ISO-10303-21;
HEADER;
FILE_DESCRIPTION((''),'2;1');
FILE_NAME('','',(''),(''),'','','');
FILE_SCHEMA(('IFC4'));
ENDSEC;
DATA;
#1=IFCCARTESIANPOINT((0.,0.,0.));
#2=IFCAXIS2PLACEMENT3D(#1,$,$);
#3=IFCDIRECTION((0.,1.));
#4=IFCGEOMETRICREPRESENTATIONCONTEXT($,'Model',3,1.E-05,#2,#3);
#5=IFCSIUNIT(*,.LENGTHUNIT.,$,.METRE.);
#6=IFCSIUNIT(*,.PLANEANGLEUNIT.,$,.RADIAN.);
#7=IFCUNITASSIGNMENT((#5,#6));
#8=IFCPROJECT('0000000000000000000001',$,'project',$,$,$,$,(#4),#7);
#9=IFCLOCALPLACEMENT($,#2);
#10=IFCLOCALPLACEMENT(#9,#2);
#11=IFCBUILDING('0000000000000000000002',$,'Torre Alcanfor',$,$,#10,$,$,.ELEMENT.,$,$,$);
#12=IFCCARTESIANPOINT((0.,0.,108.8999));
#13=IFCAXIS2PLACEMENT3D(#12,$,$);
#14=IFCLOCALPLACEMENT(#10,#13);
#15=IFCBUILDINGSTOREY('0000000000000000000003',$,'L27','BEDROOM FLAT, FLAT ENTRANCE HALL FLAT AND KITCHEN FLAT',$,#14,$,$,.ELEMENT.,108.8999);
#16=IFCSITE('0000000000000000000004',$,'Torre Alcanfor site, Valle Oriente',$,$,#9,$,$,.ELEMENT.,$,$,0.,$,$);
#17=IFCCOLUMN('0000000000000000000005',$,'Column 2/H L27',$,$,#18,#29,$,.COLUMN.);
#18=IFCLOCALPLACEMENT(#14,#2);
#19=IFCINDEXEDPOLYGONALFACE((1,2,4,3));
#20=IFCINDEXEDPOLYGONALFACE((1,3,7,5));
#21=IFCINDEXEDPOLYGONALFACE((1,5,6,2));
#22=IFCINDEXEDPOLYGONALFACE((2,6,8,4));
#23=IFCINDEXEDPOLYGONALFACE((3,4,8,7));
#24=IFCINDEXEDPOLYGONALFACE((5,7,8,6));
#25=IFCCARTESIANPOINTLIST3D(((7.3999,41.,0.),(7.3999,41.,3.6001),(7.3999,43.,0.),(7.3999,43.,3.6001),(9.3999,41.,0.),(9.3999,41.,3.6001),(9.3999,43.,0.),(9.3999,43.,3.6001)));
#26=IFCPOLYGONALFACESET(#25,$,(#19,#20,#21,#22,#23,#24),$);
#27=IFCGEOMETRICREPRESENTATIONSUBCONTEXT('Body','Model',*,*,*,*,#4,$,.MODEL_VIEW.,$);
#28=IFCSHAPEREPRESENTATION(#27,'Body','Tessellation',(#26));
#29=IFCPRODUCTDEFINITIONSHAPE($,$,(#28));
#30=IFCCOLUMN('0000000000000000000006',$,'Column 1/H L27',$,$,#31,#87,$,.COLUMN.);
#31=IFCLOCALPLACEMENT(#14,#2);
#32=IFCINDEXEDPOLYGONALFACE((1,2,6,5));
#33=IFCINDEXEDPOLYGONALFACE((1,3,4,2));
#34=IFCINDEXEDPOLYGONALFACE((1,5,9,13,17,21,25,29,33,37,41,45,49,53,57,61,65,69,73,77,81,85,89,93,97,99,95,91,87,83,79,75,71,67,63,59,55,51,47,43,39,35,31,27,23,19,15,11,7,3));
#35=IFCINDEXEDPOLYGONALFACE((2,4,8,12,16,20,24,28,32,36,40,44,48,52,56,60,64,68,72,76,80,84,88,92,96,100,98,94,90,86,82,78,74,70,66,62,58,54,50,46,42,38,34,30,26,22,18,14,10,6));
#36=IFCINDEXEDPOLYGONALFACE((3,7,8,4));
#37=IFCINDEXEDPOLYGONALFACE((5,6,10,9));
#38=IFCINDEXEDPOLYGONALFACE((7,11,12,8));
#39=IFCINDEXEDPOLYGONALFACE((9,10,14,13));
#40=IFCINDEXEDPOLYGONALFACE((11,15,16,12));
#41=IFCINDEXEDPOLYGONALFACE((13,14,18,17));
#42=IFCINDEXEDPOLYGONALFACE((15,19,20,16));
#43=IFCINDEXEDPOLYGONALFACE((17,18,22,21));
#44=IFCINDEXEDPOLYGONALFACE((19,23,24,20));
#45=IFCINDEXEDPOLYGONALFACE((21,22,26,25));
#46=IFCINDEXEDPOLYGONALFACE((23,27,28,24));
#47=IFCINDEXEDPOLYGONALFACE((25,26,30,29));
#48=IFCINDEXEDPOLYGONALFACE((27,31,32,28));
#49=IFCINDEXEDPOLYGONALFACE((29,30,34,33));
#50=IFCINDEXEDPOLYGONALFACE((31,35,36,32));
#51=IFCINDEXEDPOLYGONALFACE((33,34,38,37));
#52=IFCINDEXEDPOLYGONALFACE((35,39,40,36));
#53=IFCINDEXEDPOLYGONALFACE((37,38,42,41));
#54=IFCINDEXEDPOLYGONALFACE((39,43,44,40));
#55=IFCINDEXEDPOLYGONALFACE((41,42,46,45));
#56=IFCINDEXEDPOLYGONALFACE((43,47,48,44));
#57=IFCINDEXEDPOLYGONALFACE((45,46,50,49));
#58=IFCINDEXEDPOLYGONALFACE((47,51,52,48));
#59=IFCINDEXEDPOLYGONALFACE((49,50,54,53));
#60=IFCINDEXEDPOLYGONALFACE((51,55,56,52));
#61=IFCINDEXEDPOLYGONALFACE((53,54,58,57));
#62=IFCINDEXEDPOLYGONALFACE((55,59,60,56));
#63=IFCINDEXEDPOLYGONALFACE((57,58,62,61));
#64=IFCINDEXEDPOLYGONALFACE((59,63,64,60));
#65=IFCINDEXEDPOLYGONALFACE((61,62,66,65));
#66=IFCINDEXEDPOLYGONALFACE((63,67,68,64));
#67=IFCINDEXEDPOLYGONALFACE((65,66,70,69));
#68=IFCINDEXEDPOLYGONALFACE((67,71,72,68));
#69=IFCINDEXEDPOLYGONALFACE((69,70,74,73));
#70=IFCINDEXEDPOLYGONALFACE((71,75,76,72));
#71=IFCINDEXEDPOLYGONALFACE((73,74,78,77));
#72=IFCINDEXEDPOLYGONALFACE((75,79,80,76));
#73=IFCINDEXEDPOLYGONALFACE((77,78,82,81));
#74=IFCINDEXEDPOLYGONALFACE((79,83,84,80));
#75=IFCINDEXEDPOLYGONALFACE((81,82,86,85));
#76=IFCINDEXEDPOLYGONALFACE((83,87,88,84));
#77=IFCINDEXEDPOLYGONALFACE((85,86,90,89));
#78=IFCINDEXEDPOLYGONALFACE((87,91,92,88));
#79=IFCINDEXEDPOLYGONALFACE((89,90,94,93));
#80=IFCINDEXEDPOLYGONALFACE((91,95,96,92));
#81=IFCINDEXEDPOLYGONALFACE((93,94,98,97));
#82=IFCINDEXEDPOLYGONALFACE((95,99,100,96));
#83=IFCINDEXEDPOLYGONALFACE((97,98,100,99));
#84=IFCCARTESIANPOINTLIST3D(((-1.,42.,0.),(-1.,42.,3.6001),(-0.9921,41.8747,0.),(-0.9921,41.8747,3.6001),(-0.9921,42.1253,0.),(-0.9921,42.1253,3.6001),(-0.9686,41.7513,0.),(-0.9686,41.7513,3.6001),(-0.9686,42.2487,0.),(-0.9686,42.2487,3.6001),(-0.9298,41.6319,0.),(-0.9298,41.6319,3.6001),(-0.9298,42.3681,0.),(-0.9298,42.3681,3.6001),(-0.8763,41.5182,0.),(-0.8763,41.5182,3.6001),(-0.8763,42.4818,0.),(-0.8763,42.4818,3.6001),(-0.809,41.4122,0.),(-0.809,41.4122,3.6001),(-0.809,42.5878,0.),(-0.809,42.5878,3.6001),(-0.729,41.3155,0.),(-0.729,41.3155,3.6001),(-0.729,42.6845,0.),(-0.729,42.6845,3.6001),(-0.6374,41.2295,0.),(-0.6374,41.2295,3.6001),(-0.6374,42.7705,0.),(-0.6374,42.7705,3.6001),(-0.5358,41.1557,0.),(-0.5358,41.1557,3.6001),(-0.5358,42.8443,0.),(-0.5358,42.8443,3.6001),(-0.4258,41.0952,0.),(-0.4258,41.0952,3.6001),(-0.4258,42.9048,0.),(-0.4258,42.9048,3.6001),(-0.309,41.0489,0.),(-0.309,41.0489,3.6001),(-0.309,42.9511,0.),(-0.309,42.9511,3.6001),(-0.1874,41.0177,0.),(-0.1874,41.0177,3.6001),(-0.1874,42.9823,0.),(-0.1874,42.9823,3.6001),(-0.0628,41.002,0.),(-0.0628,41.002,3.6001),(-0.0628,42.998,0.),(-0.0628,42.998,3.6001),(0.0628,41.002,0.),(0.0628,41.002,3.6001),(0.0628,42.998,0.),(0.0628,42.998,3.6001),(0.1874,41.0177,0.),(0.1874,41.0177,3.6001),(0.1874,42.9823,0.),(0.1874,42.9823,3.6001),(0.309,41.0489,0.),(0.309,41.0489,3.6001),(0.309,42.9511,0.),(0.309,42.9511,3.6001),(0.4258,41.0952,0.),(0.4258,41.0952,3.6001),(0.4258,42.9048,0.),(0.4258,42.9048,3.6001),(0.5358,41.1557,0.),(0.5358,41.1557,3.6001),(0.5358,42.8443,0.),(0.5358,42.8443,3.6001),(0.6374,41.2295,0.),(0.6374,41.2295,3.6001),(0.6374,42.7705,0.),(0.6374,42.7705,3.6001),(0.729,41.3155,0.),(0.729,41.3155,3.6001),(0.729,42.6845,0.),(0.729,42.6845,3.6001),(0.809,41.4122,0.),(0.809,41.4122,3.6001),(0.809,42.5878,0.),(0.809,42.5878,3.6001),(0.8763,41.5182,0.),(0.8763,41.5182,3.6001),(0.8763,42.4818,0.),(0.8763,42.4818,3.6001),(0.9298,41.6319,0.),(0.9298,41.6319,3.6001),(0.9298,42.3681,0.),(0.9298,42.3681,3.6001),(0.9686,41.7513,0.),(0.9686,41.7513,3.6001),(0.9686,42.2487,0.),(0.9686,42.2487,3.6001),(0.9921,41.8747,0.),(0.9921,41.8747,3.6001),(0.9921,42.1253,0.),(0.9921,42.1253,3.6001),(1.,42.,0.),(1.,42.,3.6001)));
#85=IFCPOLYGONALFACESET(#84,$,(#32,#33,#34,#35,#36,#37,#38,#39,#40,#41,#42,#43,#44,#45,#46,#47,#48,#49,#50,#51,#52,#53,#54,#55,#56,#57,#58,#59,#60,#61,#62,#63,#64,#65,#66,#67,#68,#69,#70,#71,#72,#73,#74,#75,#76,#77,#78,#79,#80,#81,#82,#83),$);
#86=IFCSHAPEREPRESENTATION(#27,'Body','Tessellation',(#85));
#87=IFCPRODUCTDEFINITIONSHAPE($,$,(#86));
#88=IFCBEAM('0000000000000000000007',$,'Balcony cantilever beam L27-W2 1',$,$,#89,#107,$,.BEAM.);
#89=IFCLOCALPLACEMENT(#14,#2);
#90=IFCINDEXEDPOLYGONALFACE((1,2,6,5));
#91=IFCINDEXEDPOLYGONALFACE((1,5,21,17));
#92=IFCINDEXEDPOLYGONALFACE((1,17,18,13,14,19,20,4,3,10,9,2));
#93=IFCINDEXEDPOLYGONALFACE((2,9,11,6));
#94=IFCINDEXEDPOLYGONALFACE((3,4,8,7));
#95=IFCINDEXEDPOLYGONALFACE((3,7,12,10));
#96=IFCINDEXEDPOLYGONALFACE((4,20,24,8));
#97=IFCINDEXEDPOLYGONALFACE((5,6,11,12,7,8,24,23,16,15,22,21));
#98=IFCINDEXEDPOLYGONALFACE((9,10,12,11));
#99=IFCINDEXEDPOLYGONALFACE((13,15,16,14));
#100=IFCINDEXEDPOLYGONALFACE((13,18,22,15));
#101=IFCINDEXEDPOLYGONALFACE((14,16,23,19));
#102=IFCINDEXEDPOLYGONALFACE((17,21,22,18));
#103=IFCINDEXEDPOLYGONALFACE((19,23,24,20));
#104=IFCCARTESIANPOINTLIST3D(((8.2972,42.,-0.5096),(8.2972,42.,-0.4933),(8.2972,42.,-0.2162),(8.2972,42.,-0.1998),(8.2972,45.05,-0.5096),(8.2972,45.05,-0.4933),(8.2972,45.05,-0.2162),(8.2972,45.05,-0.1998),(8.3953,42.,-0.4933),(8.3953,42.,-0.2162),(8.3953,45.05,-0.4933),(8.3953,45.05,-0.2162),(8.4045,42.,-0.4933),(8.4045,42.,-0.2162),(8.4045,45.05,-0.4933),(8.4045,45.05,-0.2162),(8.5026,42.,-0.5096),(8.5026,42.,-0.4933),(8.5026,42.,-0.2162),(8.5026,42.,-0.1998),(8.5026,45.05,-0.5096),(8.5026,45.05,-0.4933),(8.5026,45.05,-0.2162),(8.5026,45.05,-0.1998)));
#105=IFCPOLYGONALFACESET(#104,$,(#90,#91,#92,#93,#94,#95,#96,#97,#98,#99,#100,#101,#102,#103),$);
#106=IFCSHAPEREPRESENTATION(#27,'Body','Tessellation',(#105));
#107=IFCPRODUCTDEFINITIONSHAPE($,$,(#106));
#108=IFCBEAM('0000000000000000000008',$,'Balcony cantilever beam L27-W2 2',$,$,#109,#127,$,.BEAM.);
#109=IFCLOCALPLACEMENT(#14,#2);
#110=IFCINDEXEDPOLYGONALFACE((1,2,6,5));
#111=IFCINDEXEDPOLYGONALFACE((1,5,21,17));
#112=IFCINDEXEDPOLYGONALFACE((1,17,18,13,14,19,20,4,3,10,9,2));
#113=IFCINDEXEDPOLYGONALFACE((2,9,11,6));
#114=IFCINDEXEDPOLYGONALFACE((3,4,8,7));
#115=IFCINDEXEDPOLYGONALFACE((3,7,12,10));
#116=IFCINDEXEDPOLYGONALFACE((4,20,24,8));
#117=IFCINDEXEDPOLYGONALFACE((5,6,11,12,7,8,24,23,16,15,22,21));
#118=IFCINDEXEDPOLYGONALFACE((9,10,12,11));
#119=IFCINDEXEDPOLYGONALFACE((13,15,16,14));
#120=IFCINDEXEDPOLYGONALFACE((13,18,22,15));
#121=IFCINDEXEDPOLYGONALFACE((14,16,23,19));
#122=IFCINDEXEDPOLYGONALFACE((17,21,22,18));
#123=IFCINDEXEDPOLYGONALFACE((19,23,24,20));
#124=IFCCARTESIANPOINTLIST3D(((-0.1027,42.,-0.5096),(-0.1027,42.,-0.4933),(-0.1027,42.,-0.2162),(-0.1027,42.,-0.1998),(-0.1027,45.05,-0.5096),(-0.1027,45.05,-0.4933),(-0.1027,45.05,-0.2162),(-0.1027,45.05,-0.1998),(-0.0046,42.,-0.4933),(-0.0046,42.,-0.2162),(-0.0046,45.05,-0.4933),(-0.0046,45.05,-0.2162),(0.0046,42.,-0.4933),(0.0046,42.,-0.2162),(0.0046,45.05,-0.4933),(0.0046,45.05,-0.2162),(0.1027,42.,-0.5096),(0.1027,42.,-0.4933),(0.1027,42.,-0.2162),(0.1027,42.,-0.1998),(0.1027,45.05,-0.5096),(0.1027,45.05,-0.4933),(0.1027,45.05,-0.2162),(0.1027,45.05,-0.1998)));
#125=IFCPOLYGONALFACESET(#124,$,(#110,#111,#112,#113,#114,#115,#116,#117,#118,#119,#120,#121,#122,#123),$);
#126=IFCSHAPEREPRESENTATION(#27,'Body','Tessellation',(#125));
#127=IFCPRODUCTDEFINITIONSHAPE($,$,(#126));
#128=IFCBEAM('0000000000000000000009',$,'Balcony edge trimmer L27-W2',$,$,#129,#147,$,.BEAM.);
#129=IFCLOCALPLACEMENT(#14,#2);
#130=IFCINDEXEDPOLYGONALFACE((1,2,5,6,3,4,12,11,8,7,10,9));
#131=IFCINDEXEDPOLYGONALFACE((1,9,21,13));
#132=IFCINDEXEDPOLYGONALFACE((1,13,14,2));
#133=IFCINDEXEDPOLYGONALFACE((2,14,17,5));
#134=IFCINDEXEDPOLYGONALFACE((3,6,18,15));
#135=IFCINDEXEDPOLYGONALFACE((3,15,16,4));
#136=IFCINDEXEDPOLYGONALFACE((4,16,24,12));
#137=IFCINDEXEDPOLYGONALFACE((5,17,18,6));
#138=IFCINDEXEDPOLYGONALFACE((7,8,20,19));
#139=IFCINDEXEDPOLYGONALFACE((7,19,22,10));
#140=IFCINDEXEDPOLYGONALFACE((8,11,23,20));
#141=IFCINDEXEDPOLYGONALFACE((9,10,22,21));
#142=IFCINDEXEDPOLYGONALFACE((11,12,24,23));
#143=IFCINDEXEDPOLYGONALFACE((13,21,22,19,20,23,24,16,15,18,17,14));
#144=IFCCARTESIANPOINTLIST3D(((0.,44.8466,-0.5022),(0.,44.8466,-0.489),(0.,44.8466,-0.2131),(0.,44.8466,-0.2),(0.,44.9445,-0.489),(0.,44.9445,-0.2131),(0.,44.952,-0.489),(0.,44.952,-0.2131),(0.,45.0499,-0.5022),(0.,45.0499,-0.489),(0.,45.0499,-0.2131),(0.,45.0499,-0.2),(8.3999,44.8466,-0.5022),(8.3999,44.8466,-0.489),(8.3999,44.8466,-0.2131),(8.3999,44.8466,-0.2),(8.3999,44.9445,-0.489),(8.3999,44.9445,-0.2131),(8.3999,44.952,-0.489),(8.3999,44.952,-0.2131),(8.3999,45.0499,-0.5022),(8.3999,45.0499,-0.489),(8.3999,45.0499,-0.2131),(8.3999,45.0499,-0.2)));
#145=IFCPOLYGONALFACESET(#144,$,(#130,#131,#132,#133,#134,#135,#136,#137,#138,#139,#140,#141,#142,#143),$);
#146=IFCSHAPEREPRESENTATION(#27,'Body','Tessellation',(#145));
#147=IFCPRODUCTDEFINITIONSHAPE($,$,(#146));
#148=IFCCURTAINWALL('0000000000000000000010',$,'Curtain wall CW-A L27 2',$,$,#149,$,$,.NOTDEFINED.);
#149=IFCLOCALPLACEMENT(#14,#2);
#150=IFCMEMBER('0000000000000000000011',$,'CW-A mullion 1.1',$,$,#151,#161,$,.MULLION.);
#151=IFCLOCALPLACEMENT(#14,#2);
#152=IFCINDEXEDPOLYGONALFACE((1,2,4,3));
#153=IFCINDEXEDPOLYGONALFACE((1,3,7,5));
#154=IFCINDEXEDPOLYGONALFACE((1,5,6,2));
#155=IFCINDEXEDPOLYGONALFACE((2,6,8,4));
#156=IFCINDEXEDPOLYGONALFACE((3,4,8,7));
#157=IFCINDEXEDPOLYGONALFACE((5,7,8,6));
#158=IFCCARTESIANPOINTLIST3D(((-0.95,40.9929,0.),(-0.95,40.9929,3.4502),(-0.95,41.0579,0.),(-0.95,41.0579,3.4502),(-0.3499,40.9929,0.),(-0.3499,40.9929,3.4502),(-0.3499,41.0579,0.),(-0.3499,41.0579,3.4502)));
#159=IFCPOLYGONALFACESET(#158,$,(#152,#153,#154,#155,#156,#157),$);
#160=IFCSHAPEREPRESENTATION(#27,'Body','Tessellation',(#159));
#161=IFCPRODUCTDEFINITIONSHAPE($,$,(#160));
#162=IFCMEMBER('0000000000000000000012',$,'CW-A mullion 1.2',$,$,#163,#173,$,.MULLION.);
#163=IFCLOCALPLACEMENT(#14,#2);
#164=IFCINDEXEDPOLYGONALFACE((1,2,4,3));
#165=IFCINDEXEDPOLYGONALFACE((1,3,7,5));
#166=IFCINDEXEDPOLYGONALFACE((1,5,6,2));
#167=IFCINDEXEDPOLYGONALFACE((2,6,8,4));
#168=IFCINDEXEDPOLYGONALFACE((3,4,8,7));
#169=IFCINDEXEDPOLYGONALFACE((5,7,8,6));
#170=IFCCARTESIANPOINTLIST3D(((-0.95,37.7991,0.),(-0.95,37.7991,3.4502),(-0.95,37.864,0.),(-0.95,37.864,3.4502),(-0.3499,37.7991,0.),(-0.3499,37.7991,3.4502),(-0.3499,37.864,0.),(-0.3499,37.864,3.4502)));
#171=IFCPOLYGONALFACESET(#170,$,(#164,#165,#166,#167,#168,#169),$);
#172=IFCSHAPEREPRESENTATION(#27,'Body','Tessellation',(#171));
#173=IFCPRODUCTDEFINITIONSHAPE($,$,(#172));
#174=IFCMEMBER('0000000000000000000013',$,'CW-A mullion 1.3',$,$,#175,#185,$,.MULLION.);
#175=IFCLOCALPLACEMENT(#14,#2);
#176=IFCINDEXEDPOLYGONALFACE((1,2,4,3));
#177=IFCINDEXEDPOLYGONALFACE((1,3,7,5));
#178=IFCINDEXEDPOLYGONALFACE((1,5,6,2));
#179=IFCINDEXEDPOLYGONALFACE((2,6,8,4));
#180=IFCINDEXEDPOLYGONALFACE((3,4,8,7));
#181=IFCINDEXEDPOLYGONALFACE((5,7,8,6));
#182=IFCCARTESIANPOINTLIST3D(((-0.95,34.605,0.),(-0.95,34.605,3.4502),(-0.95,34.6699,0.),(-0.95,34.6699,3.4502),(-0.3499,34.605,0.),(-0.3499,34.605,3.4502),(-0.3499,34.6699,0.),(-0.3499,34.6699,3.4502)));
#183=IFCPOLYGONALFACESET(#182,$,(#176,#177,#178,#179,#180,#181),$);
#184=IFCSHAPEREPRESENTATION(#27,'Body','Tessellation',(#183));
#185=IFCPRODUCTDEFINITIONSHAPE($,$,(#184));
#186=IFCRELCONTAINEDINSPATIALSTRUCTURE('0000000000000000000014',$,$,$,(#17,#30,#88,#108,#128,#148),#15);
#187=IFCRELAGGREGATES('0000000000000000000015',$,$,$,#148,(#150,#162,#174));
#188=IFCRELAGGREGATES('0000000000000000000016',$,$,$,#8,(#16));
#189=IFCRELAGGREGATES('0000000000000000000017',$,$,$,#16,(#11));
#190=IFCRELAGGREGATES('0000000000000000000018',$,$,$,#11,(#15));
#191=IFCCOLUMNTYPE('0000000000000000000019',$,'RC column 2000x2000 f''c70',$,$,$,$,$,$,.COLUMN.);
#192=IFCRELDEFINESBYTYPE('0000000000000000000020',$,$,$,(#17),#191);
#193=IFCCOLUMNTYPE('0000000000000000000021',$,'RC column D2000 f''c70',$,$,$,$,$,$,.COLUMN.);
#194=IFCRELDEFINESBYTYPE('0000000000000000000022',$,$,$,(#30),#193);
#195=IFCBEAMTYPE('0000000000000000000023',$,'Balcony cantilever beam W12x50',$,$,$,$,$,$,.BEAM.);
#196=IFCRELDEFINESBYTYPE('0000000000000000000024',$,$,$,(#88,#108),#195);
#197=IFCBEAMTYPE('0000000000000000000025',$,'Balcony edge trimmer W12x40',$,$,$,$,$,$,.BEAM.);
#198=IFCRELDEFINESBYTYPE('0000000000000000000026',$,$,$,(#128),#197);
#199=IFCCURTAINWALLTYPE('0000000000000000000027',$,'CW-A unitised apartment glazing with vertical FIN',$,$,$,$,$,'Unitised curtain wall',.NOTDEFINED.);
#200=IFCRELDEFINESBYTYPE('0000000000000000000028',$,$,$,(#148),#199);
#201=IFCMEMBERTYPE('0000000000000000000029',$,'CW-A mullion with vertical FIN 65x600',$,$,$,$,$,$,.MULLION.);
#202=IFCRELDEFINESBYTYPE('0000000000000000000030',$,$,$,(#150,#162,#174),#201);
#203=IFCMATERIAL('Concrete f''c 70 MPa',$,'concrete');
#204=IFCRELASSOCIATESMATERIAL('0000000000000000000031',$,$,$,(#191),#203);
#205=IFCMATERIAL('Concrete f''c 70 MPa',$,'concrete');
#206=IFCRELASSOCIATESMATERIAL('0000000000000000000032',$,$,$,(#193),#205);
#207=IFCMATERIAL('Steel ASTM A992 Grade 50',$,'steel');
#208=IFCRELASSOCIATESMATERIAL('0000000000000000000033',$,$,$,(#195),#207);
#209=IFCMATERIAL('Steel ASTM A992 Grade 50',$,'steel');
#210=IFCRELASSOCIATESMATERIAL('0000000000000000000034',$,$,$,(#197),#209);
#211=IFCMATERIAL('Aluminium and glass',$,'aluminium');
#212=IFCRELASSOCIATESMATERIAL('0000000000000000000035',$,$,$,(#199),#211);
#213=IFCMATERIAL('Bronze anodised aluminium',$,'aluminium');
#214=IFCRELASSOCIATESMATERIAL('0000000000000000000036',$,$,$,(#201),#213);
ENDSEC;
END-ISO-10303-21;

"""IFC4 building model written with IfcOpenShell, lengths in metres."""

from ifc_helpers import new_model, si_unit, direction, frame, origin, origin_2d, place, context, subcontext, project, spatial, rectangle, circle, i_section, extrude, material, material_profile, profile_set, type_object, element, aggregate, save


model = new_model("IFC4")

# Units and contexts
model_context = context("Model", 3, precision=1e-05, world=origin(), true_north=direction((0.0, 1.0)))
body_context = subcontext(model_context, "Body", "Model", "MODEL_VIEW")
ifc_project = project(units=[si_unit("LENGTHUNIT", "METRE"), si_unit("PLANEANGLEUNIT", "RADIAN")], contexts=[model_context])

# Site, building, storey
site_placement = place(None, origin())
site = spatial("IfcSite", under=ifc_project, at=site_placement, Name="Torre Alcanfor site, Valle Oriente", CompositionType="ELEMENT", RefElevation=0.0)
building_placement = place(site_placement, origin())
building = spatial("IfcBuilding", under=site, at=building_placement, Name="Torre Alcanfor", CompositionType="ELEMENT")
storey_placement = place(building_placement, frame((0.0, 0.0, 108.8999)))
storey = spatial("IfcBuildingStorey", under=building, at=storey_placement, Name="L27", Description="BEDROOM FLAT, FLAT ENTRANCE HALL FLAT AND KITCHEN FLAT", CompositionType="ELEMENT", Elevation=108.8999)

# Columns
ifc_material_1 = material(Name="Concrete f'c 70 MPa", Category="concrete")
ifc_material_profile_1 = material_profile(ifc_material_1, rectangle(XDim=2.0, YDim=2.0, at=origin_2d()), Name="2000x2000")
ifc_profile_set_1 = profile_set([ifc_material_profile_1], Name="Concrete f'c 70 MPa")
column_type_1 = type_object("IfcColumnType", Name="RC column 2000x2000 f'c70", PredefinedType="COLUMN", material=ifc_profile_set_1)
column_1_placement = place(storey_placement, frame((8.3999, 42.0, 0.0), z_axis=(0.0, 0.0, 1.0), x_axis=(1.0, 0.0, 0.0)))
element("IfcColumn", 1, at=column_1_placement, inside=storey, type_object=column_type_1, Name="Column 2/H L27", PredefinedType="COLUMN", context=body_context, shape_type="SweptSolid", body=[
    extrude(rectangle(XDim=2.0, YDim=2.0, at=origin_2d()), origin(), (0.0, 0.0, 1.0), 3.6001),
])
ifc_material_2 = material(Name="Concrete f'c 70 MPa", Category="concrete")
ifc_material_profile_2 = material_profile(ifc_material_2, circle(Radius=1.0, at=origin_2d()), Name="D2000")
ifc_profile_set_2 = profile_set([ifc_material_profile_2], Name="Concrete f'c 70 MPa")
column_type_2 = type_object("IfcColumnType", Name="RC column D2000 f'c70", PredefinedType="COLUMN", material=ifc_profile_set_2)
column_2_placement = place(storey_placement, frame((0.0, 42.0, 0.0), z_axis=(0.0, 0.0, 1.0), x_axis=(1.0, 0.0, 0.0)))
element("IfcColumn", 2, at=column_2_placement, inside=storey, type_object=column_type_2, Name="Column 1/H L27", PredefinedType="COLUMN", context=body_context, shape_type="SweptSolid", body=[
    extrude(circle(Radius=1.0, at=origin_2d()), origin(), (0.0, 0.0, 1.0), 3.6001),
])

# Beams
ifc_material_3 = material(Name="Steel ASTM A992 Grade 50", Category="steel")
ifc_material_profile_3 = material_profile(ifc_material_3, i_section(OverallWidth=0.2053, OverallDepth=0.3098, WebThickness=0.0093, FlangeThickness=0.0164, at=origin_2d()), Name="W12x50")
ifc_profile_set_3 = profile_set([ifc_material_profile_3], Name="Steel ASTM A992 Grade 50")
beam_type_1 = type_object("IfcBeamType", Name="Balcony cantilever beam W12x50", PredefinedType="BEAM", material=ifc_profile_set_3)
for number, where, z_axis, x_axis, name in (
    (3, (8.3999, 42.0, -0.3547), (0.0, 1.0, 0.0), (-1.0, 0.0, 0.0), "Balcony cantilever beam L27-W2 1"),
    (4, (0.0, 42.0, -0.3547), (0.0, 1.0, 0.0), (-1.0, 0.0, 0.0), "Balcony cantilever beam L27-W2 2"),
):
    element("IfcBeam", number, at=place(storey_placement, frame(where, z_axis=z_axis, x_axis=x_axis)), inside=storey, type_object=beam_type_1, Name=name, PredefinedType="BEAM", context=body_context, shape_type="SweptSolid", body=[
        extrude(i_section(OverallWidth=0.2053, OverallDepth=0.3098, WebThickness=0.0093, FlangeThickness=0.0164, at=origin_2d()), origin(), (0.0, 0.0, 1.0), 3.05),
    ])
ifc_material_4 = material(Name="Steel ASTM A992 Grade 50", Category="steel")
ifc_material_profile_4 = material_profile(ifc_material_4, i_section(OverallWidth=0.2034, OverallDepth=0.3022, WebThickness=0.0076, FlangeThickness=0.0132, at=origin_2d()), Name="W12x40")
ifc_profile_set_4 = profile_set([ifc_material_profile_4], Name="Steel ASTM A992 Grade 50")
beam_type_2 = type_object("IfcBeamType", Name="Balcony edge trimmer W12x40", PredefinedType="BEAM", material=ifc_profile_set_4)
beam_1_placement = place(storey_placement, frame((8.3999, 44.9482, -0.3511), z_axis=(-1.0, 0.0, 0.0), x_axis=(0.0, -1.0, 0.0)))
element("IfcBeam", 5, at=beam_1_placement, inside=storey, type_object=beam_type_2, Name="Balcony edge trimmer L27-W2", PredefinedType="BEAM", context=body_context, shape_type="SweptSolid", body=[
    extrude(i_section(OverallWidth=0.2034, OverallDepth=0.3022, WebThickness=0.0076, FlangeThickness=0.0132, at=origin_2d()), origin(), (0.0, 0.0, 1.0), 8.3999),
])

# Curtain wall, members
ifc_material_5 = material(Name="Aluminium and glass", Category="aluminium")
curtain_wall_type = type_object("IfcCurtainWallType", Name="CW-A unitised apartment glazing with vertical FIN", ElementType="Unitised curtain wall", PredefinedType="NOTDEFINED", material=ifc_material_5)
curtain_wall_placement = place(storey_placement, origin())
curtain_wall = element("IfcCurtainWall", 6, at=curtain_wall_placement, inside=storey, type_object=curtain_wall_type, Name="Curtain wall CW-A L27 2", PredefinedType="NOTDEFINED")
ifc_material_6 = material(Name="Bronze anodised aluminium", Category="aluminium")
ifc_material_profile_5 = material_profile(ifc_material_6, rectangle(XDim=0.6001, YDim=0.0649, at=origin_2d()), Name="CW-A mullion 65x600")
ifc_profile_set_5 = profile_set([ifc_material_profile_5], Name="Bronze anodised aluminium")
member_type_1 = type_object("IfcMemberType", Name="CW-A mullion with vertical FIN 65x600", PredefinedType="MULLION", material=ifc_profile_set_5)
member_1_placement = place(storey_placement, frame((-0.6499, 41.0254, 0.0), z_axis=(0.0, 0.0, 1.0), x_axis=(1.0, 0.0, 0.0)))
member_1 = element("IfcMember", 7, at=member_1_placement, type_object=member_type_1, Name="CW-A mullion 1.1", PredefinedType="MULLION", context=body_context, shape_type="SweptSolid", body=[
    extrude(rectangle(XDim=0.6001, YDim=0.0649, at=origin_2d()), origin(), (0.0, 0.0, 1.0), 3.4502),
])
member_2_placement = place(storey_placement, frame((-0.6499, 37.8315, 0.0), z_axis=(0.0, 0.0, 1.0), x_axis=(1.0, 0.0, 0.0)))
member_2 = element("IfcMember", 8, at=member_2_placement, type_object=member_type_1, Name="CW-A mullion 1.2", PredefinedType="MULLION", context=body_context, shape_type="SweptSolid", body=[
    extrude(rectangle(XDim=0.6001, YDim=0.0649, at=origin_2d()), origin(), (0.0, 0.0, 1.0), 3.4502),
])
member_3_placement = place(storey_placement, frame((-0.6499, 34.6375, 0.0), z_axis=(0.0, 0.0, 1.0), x_axis=(1.0, 0.0, 0.0)))
member_3 = element("IfcMember", 9, at=member_3_placement, type_object=member_type_1, Name="CW-A mullion 1.3", PredefinedType="MULLION", context=body_context, shape_type="SweptSolid", body=[
    extrude(rectangle(XDim=0.6001, YDim=0.0649, at=origin_2d()), origin(), (0.0, 0.0, 1.0), 3.4502),
])

aggregate(curtain_wall, [member_1, member_2, member_3])

save(model, "model.ifc")
